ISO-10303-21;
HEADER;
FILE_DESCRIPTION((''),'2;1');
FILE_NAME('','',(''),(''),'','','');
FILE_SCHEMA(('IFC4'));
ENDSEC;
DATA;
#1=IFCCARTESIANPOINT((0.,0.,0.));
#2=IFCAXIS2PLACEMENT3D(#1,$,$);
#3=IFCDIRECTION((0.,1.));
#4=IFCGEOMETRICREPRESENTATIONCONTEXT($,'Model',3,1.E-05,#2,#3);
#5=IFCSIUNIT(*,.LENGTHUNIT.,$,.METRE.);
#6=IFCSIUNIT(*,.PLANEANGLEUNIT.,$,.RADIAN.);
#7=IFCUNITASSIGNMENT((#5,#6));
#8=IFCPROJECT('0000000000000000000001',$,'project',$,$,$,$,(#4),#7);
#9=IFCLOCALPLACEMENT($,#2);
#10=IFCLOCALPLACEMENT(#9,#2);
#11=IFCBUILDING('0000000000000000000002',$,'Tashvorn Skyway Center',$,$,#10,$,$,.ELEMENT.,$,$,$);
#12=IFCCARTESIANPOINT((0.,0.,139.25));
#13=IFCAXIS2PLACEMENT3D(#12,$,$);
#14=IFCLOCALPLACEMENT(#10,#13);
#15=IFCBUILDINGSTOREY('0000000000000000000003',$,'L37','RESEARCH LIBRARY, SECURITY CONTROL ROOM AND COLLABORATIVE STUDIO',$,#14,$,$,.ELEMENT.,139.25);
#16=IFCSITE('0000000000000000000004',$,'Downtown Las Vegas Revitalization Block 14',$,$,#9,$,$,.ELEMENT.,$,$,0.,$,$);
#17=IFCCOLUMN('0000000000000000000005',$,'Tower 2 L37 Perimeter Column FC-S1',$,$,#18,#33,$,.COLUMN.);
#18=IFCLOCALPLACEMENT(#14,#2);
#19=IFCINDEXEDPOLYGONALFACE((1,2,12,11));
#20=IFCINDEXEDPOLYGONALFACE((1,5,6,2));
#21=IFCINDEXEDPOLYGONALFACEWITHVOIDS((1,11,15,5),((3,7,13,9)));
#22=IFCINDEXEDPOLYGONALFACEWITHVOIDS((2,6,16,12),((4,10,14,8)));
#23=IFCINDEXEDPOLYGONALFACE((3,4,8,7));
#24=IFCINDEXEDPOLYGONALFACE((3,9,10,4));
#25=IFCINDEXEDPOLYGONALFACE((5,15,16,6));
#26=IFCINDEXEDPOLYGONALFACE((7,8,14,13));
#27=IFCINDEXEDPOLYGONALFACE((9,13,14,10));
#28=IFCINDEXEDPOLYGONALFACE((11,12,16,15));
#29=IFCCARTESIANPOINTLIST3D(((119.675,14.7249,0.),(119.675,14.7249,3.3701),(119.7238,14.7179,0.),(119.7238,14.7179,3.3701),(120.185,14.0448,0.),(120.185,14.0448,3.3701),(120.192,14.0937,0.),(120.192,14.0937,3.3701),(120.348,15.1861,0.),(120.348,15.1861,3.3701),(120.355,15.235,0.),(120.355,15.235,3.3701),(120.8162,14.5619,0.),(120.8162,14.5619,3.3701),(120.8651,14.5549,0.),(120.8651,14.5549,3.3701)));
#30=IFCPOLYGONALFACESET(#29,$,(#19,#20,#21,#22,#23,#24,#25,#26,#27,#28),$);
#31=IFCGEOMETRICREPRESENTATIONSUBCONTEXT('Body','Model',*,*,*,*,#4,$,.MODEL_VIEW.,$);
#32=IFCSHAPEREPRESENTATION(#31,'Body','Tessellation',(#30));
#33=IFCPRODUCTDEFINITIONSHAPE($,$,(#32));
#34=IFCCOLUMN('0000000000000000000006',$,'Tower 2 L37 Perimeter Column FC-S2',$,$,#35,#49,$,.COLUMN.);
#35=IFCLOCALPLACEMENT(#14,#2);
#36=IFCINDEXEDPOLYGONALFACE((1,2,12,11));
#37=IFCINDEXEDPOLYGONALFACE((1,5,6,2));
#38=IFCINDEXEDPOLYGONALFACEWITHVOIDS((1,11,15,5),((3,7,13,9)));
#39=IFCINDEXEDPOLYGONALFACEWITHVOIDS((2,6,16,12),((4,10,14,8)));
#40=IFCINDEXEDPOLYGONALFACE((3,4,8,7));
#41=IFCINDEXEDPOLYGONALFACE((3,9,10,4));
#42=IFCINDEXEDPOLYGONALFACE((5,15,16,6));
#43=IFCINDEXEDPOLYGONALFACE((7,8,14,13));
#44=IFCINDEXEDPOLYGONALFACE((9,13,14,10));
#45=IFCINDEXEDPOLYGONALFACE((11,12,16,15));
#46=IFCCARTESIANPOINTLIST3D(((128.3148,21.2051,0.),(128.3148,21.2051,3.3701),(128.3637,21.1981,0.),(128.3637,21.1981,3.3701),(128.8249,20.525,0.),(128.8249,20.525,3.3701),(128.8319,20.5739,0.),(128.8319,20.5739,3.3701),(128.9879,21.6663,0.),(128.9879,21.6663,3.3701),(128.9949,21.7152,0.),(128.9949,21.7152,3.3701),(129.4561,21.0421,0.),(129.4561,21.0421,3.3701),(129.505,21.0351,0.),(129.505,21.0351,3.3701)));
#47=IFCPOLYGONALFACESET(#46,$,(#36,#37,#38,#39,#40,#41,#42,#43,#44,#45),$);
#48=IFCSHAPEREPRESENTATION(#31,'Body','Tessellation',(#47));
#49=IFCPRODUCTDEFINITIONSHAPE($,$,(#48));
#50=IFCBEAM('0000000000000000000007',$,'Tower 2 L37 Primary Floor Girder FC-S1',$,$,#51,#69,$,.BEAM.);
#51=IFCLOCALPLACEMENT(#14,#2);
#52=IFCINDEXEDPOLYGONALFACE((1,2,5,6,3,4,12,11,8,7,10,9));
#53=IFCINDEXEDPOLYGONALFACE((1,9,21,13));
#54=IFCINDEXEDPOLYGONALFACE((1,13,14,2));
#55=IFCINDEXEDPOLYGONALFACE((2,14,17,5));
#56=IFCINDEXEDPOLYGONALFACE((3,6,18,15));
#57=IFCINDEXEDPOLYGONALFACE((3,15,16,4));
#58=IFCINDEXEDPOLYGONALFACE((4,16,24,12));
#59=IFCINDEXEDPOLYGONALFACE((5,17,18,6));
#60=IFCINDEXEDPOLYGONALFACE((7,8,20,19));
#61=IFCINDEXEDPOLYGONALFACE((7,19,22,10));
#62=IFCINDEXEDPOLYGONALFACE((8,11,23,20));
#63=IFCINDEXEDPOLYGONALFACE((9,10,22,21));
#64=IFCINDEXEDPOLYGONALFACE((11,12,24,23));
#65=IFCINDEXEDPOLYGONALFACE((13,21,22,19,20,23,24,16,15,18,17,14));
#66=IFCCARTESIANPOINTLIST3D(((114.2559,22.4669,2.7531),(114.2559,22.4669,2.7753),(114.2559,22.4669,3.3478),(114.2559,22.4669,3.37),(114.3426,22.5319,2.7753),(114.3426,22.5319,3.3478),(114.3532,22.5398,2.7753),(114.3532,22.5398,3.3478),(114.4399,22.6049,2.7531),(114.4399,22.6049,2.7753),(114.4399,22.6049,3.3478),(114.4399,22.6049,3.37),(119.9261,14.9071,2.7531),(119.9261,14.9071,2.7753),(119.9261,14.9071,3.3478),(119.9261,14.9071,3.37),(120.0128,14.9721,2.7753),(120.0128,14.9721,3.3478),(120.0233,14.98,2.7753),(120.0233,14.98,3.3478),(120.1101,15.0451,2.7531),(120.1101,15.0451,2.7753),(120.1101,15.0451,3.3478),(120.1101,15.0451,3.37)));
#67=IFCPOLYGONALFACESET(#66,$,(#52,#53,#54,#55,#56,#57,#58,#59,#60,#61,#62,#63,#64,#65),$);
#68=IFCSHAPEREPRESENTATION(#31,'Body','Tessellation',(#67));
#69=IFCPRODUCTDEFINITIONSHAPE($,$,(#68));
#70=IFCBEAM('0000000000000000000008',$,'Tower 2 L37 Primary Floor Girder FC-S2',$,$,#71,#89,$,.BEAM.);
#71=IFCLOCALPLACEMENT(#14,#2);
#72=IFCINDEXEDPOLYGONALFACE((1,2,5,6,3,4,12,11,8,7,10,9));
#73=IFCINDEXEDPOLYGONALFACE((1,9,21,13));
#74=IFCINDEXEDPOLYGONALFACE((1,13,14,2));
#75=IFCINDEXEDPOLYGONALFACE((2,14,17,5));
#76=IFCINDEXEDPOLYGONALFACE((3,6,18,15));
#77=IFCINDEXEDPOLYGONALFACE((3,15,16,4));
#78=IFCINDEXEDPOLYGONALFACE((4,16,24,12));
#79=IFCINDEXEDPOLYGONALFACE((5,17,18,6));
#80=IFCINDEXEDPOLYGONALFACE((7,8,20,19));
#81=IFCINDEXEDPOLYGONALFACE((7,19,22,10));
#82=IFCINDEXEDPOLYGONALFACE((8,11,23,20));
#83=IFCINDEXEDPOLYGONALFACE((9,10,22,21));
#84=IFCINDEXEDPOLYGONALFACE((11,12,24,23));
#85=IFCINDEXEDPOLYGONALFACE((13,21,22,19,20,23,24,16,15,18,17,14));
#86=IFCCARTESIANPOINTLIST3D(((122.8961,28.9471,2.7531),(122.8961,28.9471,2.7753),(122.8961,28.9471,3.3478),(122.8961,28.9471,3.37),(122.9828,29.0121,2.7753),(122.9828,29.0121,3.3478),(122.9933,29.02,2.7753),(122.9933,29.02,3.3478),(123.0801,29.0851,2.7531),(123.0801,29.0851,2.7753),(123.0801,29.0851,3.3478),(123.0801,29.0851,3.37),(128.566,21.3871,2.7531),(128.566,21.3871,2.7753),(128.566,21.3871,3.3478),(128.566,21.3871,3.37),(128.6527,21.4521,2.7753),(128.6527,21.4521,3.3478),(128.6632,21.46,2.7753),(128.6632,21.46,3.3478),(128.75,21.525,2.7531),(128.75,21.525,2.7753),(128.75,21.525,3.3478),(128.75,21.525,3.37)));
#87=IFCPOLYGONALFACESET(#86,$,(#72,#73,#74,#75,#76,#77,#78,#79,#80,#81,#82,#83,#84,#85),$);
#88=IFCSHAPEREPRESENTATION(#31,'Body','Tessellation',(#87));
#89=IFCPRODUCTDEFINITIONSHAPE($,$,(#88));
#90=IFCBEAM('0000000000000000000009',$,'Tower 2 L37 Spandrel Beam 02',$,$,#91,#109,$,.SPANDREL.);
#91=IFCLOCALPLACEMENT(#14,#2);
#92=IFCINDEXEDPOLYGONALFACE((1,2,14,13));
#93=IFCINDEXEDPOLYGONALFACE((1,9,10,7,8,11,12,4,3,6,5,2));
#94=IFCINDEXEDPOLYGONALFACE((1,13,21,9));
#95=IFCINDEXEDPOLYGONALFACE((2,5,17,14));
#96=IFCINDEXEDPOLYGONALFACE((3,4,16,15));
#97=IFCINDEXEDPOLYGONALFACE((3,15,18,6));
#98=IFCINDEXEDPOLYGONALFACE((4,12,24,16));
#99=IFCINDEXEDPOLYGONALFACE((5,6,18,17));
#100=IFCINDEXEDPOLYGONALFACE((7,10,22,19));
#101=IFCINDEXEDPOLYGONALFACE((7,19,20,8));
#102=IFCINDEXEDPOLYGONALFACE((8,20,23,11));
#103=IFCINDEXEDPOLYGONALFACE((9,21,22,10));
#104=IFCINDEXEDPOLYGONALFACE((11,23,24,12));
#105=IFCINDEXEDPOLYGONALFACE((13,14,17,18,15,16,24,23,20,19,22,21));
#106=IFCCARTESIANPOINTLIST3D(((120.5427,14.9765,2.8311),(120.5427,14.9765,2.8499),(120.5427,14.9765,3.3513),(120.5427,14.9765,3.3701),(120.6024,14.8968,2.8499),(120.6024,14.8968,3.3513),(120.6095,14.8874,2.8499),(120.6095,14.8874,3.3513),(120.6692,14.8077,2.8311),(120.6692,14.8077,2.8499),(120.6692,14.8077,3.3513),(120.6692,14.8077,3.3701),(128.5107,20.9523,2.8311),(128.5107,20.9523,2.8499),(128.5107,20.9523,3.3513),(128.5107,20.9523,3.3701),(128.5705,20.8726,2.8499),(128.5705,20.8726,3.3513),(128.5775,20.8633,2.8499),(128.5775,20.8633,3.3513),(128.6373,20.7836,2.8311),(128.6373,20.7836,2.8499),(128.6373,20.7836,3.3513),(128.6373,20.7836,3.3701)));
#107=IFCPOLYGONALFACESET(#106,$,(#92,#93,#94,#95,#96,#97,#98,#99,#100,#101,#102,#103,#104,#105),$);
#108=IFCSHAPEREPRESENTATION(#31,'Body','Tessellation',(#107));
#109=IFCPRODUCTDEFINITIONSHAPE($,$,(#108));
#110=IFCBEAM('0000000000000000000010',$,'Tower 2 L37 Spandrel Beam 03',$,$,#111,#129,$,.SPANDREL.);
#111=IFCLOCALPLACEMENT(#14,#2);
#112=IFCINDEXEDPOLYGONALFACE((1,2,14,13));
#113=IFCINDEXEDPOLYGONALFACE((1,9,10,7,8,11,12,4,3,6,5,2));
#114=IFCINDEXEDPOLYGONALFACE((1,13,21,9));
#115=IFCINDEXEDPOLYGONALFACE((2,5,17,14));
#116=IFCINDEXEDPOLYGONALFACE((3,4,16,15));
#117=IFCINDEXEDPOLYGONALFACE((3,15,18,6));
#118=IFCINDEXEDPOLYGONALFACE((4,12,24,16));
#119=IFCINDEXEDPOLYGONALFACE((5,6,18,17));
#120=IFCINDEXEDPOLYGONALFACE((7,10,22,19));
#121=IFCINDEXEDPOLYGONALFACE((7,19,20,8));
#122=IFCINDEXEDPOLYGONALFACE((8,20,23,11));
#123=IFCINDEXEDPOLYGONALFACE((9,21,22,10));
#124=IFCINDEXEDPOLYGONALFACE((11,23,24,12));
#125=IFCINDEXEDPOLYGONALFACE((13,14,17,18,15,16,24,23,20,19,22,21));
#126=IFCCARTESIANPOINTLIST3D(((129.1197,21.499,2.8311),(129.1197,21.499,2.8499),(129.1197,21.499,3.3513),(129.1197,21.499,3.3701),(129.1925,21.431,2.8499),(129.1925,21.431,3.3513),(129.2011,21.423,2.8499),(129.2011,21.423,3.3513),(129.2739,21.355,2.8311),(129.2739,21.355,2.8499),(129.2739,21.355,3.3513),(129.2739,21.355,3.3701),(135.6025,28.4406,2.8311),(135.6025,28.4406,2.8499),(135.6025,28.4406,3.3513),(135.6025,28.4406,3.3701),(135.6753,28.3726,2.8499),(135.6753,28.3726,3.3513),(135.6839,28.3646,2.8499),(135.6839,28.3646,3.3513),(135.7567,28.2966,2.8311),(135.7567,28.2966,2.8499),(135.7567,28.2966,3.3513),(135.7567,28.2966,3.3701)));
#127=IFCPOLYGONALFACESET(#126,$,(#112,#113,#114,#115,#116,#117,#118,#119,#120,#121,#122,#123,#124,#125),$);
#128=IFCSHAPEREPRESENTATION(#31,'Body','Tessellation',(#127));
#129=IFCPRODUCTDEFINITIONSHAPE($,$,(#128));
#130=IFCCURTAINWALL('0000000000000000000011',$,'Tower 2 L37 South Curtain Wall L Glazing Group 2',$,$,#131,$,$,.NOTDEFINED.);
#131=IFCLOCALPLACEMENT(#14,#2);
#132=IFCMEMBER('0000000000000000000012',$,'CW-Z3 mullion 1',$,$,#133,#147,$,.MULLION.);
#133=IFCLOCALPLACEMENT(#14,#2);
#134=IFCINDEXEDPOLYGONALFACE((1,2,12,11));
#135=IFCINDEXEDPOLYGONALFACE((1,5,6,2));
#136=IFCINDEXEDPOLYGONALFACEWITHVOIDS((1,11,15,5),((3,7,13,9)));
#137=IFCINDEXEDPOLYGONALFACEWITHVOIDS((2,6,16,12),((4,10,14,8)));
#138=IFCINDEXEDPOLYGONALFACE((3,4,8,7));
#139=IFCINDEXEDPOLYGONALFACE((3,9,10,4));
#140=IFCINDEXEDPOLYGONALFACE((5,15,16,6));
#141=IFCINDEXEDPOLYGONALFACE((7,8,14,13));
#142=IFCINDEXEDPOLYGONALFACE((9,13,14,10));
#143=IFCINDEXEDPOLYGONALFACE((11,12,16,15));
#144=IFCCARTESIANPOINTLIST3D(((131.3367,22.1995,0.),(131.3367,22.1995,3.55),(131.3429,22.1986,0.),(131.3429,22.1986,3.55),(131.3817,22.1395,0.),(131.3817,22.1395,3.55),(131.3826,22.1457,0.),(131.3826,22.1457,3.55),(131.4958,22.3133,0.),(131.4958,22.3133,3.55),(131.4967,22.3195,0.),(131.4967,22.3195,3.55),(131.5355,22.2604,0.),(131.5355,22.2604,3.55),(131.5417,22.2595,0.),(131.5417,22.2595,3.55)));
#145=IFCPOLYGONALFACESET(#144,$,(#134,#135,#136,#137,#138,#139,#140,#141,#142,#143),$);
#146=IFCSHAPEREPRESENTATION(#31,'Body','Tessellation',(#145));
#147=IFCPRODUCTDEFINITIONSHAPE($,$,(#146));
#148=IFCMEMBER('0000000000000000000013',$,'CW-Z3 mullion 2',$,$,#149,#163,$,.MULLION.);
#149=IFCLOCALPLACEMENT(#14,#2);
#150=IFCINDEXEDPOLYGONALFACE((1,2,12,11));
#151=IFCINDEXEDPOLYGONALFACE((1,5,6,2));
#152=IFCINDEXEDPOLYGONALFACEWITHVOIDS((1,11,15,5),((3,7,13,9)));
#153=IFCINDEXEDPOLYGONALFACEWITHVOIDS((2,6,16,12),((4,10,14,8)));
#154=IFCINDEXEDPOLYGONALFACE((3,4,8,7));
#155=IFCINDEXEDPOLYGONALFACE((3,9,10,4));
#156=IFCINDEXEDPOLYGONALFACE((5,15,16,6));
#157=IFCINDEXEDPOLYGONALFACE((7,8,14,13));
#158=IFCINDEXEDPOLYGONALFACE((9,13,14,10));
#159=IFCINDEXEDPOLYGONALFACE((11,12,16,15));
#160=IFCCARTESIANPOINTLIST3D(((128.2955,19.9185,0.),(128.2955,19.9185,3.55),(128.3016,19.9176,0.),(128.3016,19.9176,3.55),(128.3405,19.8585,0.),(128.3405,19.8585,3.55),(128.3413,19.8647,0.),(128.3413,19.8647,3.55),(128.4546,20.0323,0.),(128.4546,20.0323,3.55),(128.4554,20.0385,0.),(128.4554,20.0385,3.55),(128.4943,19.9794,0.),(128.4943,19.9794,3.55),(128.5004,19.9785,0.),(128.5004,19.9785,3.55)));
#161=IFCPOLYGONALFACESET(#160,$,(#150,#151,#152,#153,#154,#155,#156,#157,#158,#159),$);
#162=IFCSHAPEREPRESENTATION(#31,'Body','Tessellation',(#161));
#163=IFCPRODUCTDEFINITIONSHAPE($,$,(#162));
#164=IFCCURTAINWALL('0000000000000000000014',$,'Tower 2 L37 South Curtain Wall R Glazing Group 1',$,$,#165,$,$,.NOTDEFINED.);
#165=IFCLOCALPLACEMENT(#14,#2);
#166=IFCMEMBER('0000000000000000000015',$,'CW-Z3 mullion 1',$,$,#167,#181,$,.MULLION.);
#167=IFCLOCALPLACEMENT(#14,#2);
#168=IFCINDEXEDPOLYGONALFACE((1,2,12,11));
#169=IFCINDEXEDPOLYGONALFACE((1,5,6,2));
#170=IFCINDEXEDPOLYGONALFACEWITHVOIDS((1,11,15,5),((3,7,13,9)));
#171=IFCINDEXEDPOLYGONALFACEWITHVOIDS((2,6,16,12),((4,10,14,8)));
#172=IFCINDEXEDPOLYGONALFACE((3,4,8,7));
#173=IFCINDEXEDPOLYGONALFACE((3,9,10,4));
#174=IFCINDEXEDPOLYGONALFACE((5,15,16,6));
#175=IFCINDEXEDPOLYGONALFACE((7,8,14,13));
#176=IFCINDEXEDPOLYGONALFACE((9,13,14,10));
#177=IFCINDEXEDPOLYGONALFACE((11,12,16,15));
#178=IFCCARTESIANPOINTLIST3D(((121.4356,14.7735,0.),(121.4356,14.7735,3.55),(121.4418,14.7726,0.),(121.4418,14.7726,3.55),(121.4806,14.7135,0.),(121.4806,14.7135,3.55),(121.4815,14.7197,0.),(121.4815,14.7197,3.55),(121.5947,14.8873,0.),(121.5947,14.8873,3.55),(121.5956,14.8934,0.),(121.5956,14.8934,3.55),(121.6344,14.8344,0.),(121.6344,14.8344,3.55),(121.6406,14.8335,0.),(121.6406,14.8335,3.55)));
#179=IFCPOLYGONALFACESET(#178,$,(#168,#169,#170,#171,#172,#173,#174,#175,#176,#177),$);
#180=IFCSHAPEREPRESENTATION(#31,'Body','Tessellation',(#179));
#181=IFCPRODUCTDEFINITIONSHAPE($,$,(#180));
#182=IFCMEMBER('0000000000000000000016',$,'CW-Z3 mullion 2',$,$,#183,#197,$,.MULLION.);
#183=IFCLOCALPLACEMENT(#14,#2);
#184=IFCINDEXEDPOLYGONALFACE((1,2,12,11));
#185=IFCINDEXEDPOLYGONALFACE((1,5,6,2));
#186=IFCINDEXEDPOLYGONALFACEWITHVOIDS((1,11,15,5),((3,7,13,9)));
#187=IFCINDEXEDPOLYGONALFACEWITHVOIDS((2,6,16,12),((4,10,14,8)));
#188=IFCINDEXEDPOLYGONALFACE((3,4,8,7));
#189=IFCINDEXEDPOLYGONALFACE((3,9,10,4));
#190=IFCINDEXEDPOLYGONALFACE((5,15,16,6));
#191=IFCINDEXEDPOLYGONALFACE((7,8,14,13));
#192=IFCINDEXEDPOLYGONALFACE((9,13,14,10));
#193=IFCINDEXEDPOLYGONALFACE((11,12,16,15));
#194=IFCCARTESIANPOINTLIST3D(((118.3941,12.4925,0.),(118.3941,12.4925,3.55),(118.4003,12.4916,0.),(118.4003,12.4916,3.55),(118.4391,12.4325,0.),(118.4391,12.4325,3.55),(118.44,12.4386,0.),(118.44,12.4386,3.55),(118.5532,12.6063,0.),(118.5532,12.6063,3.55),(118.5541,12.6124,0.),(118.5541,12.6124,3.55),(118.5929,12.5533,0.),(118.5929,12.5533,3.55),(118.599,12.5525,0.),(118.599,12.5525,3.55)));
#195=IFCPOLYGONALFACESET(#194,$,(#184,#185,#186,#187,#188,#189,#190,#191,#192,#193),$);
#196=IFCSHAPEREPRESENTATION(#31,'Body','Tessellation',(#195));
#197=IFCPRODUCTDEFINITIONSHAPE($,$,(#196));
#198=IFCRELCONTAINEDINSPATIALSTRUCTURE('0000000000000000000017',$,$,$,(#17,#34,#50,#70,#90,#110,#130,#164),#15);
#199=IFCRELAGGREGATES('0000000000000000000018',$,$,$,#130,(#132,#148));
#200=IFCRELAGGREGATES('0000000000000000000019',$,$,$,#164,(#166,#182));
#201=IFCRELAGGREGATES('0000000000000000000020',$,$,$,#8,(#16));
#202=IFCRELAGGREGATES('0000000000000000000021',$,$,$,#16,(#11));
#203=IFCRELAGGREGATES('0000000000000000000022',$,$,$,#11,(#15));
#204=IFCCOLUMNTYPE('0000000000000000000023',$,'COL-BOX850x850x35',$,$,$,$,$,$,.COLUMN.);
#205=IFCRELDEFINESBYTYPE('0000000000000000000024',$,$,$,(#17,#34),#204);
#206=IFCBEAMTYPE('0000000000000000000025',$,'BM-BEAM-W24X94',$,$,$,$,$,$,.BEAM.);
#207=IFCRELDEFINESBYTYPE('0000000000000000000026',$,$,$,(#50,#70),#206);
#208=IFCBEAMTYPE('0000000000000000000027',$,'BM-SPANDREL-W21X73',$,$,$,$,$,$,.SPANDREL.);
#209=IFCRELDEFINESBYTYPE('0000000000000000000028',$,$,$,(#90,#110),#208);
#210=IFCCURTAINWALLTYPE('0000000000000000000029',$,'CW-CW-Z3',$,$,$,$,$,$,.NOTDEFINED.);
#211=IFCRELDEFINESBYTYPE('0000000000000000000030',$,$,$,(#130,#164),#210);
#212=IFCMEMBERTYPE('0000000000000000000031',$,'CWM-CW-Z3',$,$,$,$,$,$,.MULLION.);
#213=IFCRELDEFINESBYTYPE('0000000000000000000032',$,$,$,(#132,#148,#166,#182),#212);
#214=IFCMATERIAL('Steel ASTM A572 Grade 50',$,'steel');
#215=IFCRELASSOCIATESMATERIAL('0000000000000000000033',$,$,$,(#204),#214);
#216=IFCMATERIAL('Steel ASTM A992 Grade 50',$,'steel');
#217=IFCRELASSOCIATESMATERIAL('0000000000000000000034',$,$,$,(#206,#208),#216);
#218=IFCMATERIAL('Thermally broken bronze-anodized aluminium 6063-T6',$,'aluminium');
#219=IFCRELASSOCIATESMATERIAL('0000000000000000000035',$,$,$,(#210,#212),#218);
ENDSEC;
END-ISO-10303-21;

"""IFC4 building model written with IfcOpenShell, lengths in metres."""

from ifc_helpers import new_model, si_unit, direction, frame, origin, origin_2d, place, context, subcontext, project, spatial, hollow_rectangle, i_section, extrude, material, material_profile, profile_set, type_object, element, aggregate, save


model = new_model("IFC4")

# Units and contexts
model_context = context("Model", 3, precision=1e-05, world=origin(), true_north=direction((0.0, 1.0)))
body_context = subcontext(model_context, "Body", "Model", "MODEL_VIEW")
ifc_project = project(units=[si_unit("LENGTHUNIT", "METRE"), si_unit("PLANEANGLEUNIT", "RADIAN")], contexts=[model_context])

# Site, building, storey
site_placement = place(None, origin())
site = spatial("IfcSite", under=ifc_project, at=site_placement, Name="Downtown Las Vegas Revitalization Block 14", CompositionType="ELEMENT", RefElevation=0.0)
building_placement = place(site_placement, origin())
building = spatial("IfcBuilding", under=site, at=building_placement, Name="Tashvorn Skyway Center", CompositionType="ELEMENT")
storey_placement = place(building_placement, frame((0.0, 0.0, 139.25)))
storey = spatial("IfcBuildingStorey", under=building, at=storey_placement, Name="L37", Description="RESEARCH LIBRARY, SECURITY CONTROL ROOM AND COLLABORATIVE STUDIO", CompositionType="ELEMENT", Elevation=139.25)

# Columns
ifc_material_1 = material(Name="Steel ASTM A572 Grade 50", Category="steel")
ifc_material_profile_1 = material_profile(ifc_material_1, hollow_rectangle(XDim=0.8501, YDim=0.8501, WallThickness=0.0349, at=origin_2d()), Name="BOX850x850x35")
ifc_profile_set_1 = profile_set([ifc_material_profile_1], Name="Steel ASTM A572 Grade 50")
column_type = type_object("IfcColumnType", Name="COL-BOX850x850x35", PredefinedType="COLUMN", material=ifc_profile_set_1)
for number, where, z_axis, x_axis, name in (
    (1, (120.27, 14.6399, 0.0), (0.0, 0.0, 1.0), (0.8, 0.6, 0.0), "Tower 2 L37 Perimeter Column FC-S1"),
    (2, (128.9099, 21.1201, 0.0), (0.0, 0.0, 1.0), (0.8, 0.6, 0.0), "Tower 2 L37 Perimeter Column FC-S2"),
):
    element("IfcColumn", number, at=place(storey_placement, frame(where, z_axis=z_axis, x_axis=x_axis)), inside=storey, type_object=column_type, Name=name, PredefinedType="COLUMN", context=body_context, shape_type="SweptSolid", body=[
        extrude(hollow_rectangle(XDim=0.8501, YDim=0.8501, WallThickness=0.0349, at=origin_2d()), origin(), (0.0, 0.0, 1.0), 3.3701),
    ])

# Beams
ifc_material_2 = material(Name="Steel ASTM A992 Grade 50", Category="steel")
ifc_material_profile_2 = material_profile(ifc_material_2, i_section(OverallWidth=0.23, OverallDepth=0.6169, WebThickness=0.0132, FlangeThickness=0.0222, at=origin_2d()), Name="W24X94")
ifc_profile_set_2 = profile_set([ifc_material_profile_2], Name="Steel ASTM A992 Grade 50")
beam_type_1 = type_object("IfcBeamType", Name="BM-BEAM-W24X94", PredefinedType="BEAM", material=ifc_profile_set_2)
for number, where, z_axis, x_axis, name in (
    (3, (120.0181, 14.9761, 3.0615), (-0.600021, 0.799984, 0.0), (-0.799984, -0.600021, 0.0), "Tower 2 L37 Primary Floor Girder FC-S1"),
    (4, (128.658, 21.4561, 3.0615), (-0.599992, 0.800006, 0.0), (-0.800006, -0.599992, 0.0), "Tower 2 L37 Primary Floor Girder FC-S2"),
):
    element("IfcBeam", number, at=place(storey_placement, frame(where, z_axis=z_axis, x_axis=x_axis)), inside=storey, type_object=beam_type_1, Name=name, PredefinedType="BEAM", context=body_context, shape_type="SweptSolid", body=[
        extrude(i_section(OverallWidth=0.23, OverallDepth=0.6169, WebThickness=0.0132, FlangeThickness=0.0222, at=origin_2d()), origin(), (0.0, 0.0, 1.0), 9.45),
    ])
ifc_material_profile_3 = material_profile(ifc_material_2, i_section(OverallWidth=0.2109, OverallDepth=0.5391, WebThickness=0.0117, FlangeThickness=0.0188, at=origin_2d()), Name="W21X73")
ifc_profile_set_3 = profile_set([ifc_material_profile_3], Name="Steel ASTM A992 Grade 50")
beam_type_2 = type_object("IfcBeamType", Name="BM-SPANDREL-W21X73", PredefinedType="SPANDREL", material=ifc_profile_set_3)
beam_1_placement = place(storey_placement, frame((120.606, 14.8921, 3.1006), z_axis=(0.800009, 0.599988, 0.0), x_axis=(-0.599988, 0.800009, 0.0)))
element("IfcBeam", 5, at=beam_1_placement, inside=storey, type_object=beam_type_2, Name="Tower 2 L37 Spandrel Beam 02", PredefinedType="SPANDREL", context=body_context, shape_type="SweptSolid", body=[
    extrude(i_section(OverallWidth=0.2109, OverallDepth=0.5391, WebThickness=0.0117, FlangeThickness=0.0188, at=origin_2d()), origin(), (0.0, 0.0, 1.0), 9.96),
])
beam_2_placement = place(storey_placement, frame((129.1968, 21.427, 3.1006), z_axis=(0.682545, 0.730843, 0.0), x_axis=(-0.730843, 0.682545, 0.0)))
element("IfcBeam", 6, at=beam_2_placement, inside=storey, type_object=beam_type_2, Name="Tower 2 L37 Spandrel Beam 03", PredefinedType="SPANDREL", context=body_context, shape_type="SweptSolid", body=[
    extrude(i_section(OverallWidth=0.2109, OverallDepth=0.5391, WebThickness=0.0117, FlangeThickness=0.0188, at=origin_2d()), origin(), (0.0, 0.0, 1.0), 9.498),
])

# Curtain walls, members
ifc_material_3 = material(Name="Thermally broken bronze-anodized aluminium 6063-T6", Category="aluminium")
curtain_wall_type = type_object("IfcCurtainWallType", Name="CW-CW-Z3", PredefinedType="NOTDEFINED", material=ifc_material_3)
curtain_wall_1_placement = place(storey_placement, origin())
curtain_wall_1 = element("IfcCurtainWall", 7, at=curtain_wall_1_placement, inside=storey, type_object=curtain_wall_type, Name="Tower 2 L37 South Curtain Wall L Glazing Group 2", PredefinedType="NOTDEFINED")
ifc_material_profile_4 = material_profile(ifc_material_3, hollow_rectangle(XDim=0.075, YDim=0.2, WallThickness=0.0044, at=origin_2d()), Name="ALU-MULL-75x200")
ifc_profile_set_4 = profile_set([ifc_material_profile_4], Name="Thermally broken bronze-anodized aluminium 6063-T6")
member_type_1 = type_object("IfcMemberType", Name="CWM-CW-Z3", PredefinedType="MULLION", material=ifc_profile_set_4)
member_1_placement = place(storey_placement, frame((131.4392, 22.2295, 0.0), z_axis=(0.0, 0.0, 1.0), x_axis=(0.600004, -0.799997, 0.0)))
member_1 = element("IfcMember", 8, at=member_1_placement, type_object=member_type_1, Name="CW-Z3 mullion 1", PredefinedType="MULLION", context=body_context, shape_type="SweptSolid", body=[
    extrude(hollow_rectangle(XDim=0.075, YDim=0.2, WallThickness=0.0044, at=origin_2d()), origin(), (0.0, 0.0, 1.0), 3.55),
])
member_2_placement = place(storey_placement, frame((128.3979, 19.9485, 0.0), z_axis=(0.0, 0.0, 1.0), x_axis=(0.600004, -0.799997, 0.0)))
member_2 = element("IfcMember", 9, at=member_2_placement, type_object=member_type_1, Name="CW-Z3 mullion 2", PredefinedType="MULLION", context=body_context, shape_type="SweptSolid", body=[
    extrude(hollow_rectangle(XDim=0.075, YDim=0.2, WallThickness=0.0044, at=origin_2d()), origin(), (0.0, 0.0, 1.0), 3.55),
])
curtain_wall_2_placement = place(storey_placement, origin())
curtain_wall_2 = element("IfcCurtainWall", 10, at=curtain_wall_2_placement, inside=storey, type_object=curtain_wall_type, Name="Tower 2 L37 South Curtain Wall R Glazing Group 1", PredefinedType="NOTDEFINED")
member_3_placement = place(storey_placement, frame((121.5381, 14.8035, 0.0), z_axis=(0.0, 0.0, 1.0), x_axis=(0.600004, -0.799997, 0.0)))
member_3 = element("IfcMember", 11, at=member_3_placement, type_object=member_type_1, Name="CW-Z3 mullion 1", PredefinedType="MULLION", context=body_context, shape_type="SweptSolid", body=[
    extrude(hollow_rectangle(XDim=0.075, YDim=0.2, WallThickness=0.0044, at=origin_2d()), origin(), (0.0, 0.0, 1.0), 3.55),
])
member_4_placement = place(storey_placement, frame((118.4966, 12.5225, 0.0), z_axis=(0.0, 0.0, 1.0), x_axis=(0.600004, -0.799997, 0.0)))
member_4 = element("IfcMember", 12, at=member_4_placement, type_object=member_type_1, Name="CW-Z3 mullion 2", PredefinedType="MULLION", context=body_context, shape_type="SweptSolid", body=[
    extrude(hollow_rectangle(XDim=0.075, YDim=0.2, WallThickness=0.0044, at=origin_2d()), origin(), (0.0, 0.0, 1.0), 3.55),
])

aggregate(curtain_wall_1, [member_1, member_2])
aggregate(curtain_wall_2, [member_3, member_4])

save(model, "model.ifc")
